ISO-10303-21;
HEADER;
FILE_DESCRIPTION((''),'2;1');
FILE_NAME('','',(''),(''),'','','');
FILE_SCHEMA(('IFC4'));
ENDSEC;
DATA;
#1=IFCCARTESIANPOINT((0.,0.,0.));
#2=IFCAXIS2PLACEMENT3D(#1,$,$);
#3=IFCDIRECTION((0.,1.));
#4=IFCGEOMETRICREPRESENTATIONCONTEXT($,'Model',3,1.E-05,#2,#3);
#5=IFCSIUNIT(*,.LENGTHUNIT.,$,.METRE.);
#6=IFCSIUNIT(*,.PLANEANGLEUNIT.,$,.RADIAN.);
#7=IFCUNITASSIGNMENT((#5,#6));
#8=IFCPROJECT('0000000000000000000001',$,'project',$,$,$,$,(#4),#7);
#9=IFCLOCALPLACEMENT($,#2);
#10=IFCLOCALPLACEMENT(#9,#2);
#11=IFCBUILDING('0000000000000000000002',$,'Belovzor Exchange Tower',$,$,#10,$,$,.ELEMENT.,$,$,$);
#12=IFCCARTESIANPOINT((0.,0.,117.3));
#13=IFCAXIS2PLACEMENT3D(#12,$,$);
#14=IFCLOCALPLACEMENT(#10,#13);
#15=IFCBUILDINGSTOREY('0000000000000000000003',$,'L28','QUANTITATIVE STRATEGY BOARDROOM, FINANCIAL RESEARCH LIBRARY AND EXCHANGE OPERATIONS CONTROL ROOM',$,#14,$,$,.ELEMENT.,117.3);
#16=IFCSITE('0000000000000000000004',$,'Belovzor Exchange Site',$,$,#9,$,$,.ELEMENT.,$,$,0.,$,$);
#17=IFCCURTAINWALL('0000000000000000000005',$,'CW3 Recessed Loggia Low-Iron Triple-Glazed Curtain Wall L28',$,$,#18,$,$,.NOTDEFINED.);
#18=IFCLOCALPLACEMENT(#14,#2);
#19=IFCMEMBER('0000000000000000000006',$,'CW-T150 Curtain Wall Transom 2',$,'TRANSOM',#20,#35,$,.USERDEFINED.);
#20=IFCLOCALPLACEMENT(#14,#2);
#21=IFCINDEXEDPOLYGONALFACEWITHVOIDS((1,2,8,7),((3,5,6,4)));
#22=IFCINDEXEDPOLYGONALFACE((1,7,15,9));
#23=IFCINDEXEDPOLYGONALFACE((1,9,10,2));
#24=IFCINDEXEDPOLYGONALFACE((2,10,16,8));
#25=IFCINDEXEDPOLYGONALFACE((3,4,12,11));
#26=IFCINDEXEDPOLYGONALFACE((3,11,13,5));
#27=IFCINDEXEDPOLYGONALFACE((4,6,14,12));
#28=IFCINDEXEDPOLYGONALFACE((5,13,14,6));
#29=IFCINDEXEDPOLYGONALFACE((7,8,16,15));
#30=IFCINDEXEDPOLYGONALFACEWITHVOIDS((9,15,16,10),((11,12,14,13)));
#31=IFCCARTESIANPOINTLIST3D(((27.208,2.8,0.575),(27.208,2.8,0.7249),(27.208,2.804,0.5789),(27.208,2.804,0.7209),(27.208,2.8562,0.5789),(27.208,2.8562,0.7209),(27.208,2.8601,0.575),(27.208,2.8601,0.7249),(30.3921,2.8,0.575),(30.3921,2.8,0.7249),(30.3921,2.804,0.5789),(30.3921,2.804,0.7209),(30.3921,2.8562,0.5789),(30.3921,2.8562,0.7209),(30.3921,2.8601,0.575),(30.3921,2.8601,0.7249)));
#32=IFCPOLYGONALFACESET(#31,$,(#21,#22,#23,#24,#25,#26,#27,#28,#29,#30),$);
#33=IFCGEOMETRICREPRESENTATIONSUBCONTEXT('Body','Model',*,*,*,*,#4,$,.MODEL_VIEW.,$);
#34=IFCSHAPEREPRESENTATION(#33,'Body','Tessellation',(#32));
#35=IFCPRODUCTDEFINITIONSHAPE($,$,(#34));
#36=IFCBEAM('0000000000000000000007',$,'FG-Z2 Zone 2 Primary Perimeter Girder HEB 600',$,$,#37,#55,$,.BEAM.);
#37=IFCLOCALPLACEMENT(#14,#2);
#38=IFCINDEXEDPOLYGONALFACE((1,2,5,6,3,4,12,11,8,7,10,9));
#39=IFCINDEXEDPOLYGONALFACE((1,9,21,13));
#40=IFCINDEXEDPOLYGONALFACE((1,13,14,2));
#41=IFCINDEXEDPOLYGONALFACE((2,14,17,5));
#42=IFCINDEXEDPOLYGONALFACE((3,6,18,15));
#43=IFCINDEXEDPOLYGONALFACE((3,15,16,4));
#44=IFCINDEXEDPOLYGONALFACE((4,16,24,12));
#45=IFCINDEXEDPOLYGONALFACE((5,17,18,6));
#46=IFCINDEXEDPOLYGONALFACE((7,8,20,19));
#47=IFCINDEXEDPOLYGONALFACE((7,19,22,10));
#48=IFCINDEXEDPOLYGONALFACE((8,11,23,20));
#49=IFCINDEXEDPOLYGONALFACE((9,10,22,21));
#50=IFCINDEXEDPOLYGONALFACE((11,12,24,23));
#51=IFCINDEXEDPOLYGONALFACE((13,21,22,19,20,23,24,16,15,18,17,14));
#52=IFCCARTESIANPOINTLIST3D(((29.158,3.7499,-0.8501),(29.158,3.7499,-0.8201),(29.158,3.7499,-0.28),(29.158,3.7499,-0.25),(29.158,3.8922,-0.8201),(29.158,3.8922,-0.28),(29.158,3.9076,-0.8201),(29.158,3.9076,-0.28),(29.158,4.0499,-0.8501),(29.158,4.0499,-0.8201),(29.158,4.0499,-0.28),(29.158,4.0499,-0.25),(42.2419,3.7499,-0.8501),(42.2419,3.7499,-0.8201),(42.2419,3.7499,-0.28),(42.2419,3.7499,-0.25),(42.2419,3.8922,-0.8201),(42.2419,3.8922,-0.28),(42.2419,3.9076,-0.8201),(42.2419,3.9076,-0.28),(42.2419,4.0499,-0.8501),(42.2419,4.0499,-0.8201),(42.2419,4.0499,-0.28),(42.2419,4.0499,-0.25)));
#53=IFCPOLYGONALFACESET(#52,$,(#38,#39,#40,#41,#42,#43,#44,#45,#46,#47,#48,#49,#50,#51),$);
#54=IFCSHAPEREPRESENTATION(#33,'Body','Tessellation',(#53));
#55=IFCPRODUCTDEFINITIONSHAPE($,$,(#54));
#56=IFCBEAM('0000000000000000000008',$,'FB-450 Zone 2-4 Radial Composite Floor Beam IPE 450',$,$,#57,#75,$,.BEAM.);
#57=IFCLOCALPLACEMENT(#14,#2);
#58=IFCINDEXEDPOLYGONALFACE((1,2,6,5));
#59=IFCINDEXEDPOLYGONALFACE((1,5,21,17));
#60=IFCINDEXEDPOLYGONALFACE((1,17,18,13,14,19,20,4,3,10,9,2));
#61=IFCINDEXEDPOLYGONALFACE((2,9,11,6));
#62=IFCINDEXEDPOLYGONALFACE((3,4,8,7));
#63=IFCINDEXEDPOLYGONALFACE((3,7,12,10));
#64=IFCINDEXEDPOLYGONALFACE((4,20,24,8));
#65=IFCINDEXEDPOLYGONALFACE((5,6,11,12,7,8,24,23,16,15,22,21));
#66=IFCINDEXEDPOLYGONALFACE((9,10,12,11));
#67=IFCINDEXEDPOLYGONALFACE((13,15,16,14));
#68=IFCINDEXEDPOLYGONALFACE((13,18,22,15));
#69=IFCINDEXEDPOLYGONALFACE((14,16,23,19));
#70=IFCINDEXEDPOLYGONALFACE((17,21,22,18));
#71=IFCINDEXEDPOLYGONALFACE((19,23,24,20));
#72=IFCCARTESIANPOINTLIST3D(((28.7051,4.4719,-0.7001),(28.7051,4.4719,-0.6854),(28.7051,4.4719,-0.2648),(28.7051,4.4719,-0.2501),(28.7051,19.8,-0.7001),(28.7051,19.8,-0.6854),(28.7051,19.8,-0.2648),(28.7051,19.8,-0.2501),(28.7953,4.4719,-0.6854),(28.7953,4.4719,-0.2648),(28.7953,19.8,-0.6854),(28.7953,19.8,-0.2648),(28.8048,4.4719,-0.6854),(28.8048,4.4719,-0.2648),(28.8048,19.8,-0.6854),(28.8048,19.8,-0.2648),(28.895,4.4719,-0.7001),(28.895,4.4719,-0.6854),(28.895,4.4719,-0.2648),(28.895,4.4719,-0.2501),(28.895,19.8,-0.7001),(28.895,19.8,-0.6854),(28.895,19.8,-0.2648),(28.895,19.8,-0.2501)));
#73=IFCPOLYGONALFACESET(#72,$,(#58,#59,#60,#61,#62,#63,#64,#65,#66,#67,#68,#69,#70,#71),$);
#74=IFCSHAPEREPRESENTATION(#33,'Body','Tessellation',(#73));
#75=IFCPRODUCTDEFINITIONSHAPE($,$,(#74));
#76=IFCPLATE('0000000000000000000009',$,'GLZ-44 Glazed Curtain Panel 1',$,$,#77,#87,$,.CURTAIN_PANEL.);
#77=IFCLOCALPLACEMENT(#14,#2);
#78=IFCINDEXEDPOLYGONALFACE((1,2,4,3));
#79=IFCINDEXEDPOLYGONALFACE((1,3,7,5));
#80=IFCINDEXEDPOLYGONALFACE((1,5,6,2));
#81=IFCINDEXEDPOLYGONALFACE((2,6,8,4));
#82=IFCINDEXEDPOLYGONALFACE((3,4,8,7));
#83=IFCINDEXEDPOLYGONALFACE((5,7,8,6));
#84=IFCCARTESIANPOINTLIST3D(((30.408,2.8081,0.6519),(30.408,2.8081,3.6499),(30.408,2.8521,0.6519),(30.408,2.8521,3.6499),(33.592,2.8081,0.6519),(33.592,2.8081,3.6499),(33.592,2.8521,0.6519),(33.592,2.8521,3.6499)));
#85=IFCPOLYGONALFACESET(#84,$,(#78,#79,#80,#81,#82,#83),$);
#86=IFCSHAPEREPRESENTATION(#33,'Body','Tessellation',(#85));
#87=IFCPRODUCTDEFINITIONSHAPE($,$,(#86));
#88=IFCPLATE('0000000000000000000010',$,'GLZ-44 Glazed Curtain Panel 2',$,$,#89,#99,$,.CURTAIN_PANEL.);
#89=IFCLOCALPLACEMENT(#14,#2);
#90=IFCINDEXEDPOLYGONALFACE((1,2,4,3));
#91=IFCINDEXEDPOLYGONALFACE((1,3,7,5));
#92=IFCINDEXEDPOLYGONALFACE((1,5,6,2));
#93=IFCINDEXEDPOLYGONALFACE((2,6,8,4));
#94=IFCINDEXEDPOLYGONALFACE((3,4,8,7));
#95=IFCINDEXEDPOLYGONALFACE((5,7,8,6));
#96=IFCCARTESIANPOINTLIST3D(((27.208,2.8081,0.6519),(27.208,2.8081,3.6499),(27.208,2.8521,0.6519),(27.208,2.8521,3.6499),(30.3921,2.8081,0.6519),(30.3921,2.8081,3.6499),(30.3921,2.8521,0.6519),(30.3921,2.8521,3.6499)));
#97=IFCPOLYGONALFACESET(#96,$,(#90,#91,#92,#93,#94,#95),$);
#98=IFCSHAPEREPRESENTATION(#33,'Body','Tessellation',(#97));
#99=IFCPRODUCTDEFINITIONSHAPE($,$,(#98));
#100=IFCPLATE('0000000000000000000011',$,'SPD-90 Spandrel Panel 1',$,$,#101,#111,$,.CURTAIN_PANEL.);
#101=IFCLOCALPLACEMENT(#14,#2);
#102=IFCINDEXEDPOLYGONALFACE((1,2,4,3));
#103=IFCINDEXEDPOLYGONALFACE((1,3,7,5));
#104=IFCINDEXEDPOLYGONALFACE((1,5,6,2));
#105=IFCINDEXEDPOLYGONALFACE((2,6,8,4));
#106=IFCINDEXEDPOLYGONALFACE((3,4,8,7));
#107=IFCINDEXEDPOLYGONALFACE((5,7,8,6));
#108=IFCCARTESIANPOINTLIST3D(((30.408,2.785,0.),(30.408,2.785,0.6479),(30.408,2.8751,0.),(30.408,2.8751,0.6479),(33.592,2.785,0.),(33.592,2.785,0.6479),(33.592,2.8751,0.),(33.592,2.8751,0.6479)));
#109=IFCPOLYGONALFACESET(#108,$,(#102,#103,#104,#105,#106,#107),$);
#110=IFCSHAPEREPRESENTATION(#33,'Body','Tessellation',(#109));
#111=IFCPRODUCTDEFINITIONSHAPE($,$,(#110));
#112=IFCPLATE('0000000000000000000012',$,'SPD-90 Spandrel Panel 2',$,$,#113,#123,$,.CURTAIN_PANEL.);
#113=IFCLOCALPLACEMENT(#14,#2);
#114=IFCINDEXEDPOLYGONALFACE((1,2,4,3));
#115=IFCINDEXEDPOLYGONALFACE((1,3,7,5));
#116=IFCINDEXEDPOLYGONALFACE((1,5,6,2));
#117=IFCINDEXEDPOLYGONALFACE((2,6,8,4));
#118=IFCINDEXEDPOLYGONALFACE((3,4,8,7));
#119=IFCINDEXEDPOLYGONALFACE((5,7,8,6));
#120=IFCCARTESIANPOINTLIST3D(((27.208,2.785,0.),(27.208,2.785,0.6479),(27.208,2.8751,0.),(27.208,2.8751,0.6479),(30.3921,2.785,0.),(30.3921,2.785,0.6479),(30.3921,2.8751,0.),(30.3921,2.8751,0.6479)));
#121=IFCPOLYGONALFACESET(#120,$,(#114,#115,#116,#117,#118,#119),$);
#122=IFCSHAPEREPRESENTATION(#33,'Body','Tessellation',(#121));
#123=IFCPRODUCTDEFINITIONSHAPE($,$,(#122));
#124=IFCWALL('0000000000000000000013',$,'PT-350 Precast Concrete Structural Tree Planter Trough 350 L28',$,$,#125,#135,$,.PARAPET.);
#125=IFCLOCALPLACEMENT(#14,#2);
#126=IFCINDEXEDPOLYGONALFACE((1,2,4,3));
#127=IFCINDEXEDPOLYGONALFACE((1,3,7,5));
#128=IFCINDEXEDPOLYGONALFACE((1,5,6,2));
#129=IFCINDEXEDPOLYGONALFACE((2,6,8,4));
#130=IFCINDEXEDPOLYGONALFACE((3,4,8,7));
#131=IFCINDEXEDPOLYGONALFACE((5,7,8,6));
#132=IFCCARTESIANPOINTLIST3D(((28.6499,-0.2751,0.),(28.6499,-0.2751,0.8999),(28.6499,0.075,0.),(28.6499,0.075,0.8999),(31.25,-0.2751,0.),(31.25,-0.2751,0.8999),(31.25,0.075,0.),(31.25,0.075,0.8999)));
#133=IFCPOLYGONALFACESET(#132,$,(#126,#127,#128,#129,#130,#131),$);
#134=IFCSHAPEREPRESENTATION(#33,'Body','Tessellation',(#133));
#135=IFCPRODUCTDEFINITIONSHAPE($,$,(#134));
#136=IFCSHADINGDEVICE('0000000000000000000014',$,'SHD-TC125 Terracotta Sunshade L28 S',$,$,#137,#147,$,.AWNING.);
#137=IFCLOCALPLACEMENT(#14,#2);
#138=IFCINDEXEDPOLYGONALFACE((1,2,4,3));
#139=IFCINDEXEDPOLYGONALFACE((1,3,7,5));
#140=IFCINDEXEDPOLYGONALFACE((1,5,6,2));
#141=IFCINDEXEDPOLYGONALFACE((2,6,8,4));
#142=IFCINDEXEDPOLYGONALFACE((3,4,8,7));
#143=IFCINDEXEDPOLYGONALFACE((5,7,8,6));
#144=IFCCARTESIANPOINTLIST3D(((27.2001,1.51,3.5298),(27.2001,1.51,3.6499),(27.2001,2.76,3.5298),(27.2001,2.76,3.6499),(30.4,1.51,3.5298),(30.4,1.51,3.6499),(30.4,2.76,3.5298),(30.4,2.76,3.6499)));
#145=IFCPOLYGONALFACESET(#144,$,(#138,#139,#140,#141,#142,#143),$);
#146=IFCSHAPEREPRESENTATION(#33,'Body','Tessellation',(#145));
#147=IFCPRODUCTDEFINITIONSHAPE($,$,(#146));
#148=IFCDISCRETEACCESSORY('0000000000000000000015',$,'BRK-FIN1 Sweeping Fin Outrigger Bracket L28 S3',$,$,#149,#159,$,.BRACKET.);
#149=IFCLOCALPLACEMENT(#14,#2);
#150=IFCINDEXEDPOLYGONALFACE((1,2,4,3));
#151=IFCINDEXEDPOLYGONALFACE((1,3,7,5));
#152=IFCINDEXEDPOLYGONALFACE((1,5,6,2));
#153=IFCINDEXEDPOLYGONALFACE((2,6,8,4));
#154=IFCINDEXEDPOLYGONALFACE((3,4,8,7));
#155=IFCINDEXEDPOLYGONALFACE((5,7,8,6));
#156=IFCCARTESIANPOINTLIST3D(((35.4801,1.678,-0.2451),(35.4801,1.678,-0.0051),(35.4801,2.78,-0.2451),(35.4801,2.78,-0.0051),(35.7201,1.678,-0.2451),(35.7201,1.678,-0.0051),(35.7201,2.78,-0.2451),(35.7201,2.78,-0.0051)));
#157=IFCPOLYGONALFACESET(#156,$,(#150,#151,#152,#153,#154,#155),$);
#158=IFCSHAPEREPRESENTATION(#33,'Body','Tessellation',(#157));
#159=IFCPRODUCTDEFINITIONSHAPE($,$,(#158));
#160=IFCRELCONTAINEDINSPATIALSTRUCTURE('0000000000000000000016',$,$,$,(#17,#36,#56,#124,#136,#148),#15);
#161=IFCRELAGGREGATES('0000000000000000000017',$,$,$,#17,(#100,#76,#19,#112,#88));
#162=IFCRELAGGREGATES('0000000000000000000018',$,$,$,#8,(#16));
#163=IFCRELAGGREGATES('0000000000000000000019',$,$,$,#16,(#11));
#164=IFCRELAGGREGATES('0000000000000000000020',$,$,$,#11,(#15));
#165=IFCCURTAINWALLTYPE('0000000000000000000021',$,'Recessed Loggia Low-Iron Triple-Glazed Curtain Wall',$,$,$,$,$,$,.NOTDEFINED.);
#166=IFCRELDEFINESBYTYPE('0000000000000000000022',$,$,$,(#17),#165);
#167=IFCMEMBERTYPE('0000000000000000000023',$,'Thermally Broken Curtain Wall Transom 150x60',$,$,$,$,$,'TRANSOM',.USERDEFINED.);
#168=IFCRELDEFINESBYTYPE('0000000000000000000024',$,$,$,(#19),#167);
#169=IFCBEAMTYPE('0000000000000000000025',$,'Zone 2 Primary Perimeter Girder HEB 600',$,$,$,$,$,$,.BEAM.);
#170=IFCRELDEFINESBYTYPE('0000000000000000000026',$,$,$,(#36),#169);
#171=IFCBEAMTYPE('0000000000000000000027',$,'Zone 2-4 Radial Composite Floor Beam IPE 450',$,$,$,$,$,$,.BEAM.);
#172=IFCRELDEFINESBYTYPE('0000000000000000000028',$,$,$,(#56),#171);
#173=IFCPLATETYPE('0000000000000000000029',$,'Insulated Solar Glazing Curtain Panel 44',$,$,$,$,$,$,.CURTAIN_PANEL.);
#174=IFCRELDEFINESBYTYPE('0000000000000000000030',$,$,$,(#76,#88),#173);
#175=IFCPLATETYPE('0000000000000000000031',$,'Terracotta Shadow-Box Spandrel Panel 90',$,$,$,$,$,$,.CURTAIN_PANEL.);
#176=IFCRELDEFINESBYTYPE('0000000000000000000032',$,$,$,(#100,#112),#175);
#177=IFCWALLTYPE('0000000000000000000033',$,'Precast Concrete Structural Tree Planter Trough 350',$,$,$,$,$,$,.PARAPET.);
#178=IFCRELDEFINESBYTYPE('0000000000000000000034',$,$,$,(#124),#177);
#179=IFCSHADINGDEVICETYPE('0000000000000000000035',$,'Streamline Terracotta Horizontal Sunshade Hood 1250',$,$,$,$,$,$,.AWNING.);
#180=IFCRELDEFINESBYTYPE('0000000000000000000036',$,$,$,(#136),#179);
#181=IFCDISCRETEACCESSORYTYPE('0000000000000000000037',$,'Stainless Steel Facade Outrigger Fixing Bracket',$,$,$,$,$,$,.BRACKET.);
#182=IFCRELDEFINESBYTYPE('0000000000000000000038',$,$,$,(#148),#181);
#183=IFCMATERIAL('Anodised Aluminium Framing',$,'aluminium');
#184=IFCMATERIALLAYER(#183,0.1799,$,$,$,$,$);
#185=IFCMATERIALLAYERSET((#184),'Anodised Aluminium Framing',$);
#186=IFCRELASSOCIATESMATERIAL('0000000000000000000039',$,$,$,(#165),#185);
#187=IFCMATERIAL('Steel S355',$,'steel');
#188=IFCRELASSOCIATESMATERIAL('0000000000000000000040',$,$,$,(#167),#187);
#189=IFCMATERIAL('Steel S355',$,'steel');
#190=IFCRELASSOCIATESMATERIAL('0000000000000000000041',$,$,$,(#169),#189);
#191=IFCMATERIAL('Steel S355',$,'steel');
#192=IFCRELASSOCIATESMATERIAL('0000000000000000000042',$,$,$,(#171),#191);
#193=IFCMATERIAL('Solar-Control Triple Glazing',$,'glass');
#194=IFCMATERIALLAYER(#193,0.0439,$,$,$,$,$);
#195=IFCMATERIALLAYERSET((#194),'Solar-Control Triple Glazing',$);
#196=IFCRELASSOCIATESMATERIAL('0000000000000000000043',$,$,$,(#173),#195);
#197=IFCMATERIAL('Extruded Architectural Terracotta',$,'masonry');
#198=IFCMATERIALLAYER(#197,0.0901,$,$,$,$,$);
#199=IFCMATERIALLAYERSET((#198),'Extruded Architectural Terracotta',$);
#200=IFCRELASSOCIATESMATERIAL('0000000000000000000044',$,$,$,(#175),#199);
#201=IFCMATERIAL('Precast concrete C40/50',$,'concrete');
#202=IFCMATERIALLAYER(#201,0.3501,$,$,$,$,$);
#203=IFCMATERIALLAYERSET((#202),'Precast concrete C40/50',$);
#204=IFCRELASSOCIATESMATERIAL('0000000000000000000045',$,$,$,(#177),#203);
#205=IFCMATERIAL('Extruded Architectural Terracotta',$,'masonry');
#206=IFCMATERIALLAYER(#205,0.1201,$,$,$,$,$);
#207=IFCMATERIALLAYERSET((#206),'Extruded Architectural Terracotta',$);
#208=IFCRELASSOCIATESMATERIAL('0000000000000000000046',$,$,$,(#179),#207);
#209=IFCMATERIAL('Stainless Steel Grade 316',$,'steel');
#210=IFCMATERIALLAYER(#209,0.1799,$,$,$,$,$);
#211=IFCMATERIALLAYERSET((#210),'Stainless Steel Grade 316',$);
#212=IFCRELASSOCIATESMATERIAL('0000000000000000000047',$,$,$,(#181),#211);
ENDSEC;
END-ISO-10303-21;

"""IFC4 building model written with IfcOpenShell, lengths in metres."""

from ifc_helpers import new_model, si_unit, direction, frame, frame_2d, origin, origin_2d, place, context, subcontext, project, spatial, rectangle, hollow_rectangle, i_section, extrude, material, layer, layer_set, material_profile, profile_set, type_object, element, aggregate, save


model = new_model("IFC4")

# Units and contexts
model_context = context("Model", 3, precision=1e-05, world=origin(), true_north=direction((0.0, 1.0)))
body_context = subcontext(model_context, "Body", "Model", "MODEL_VIEW")
ifc_project = project(units=[si_unit("LENGTHUNIT", "METRE"), si_unit("PLANEANGLEUNIT", "RADIAN")], contexts=[model_context])

# Site, building, storey
site_placement = place(None, origin())
site = spatial("IfcSite", under=ifc_project, at=site_placement, Name="Belovzor Exchange Site", CompositionType="ELEMENT", RefElevation=0.0)
building_placement = place(site_placement, origin())
building = spatial("IfcBuilding", under=site, at=building_placement, Name="Belovzor Exchange Tower", CompositionType="ELEMENT")
storey_placement = place(building_placement, frame((0.0, 0.0, 117.3)))
storey = spatial("IfcBuildingStorey", under=building, at=storey_placement, Name="L28", Description="QUANTITATIVE STRATEGY BOARDROOM, FINANCIAL RESEARCH LIBRARY AND EXCHANGE OPERATIONS CONTROL ROOM", CompositionType="ELEMENT", Elevation=117.3)

# Curtain wall, member
ifc_material_1 = material(Name="Anodised Aluminium Framing", Category="aluminium")
ifc_layer_1 = layer(ifc_material_1, 0.1799)
ifc_layer_set_1 = layer_set([ifc_layer_1], Name="Anodised Aluminium Framing")
curtain_wall_type = type_object("IfcCurtainWallType", Name="Recessed Loggia Low-Iron Triple-Glazed Curtain Wall", PredefinedType="NOTDEFINED", material=ifc_layer_set_1)
curtain_wall_placement = place(storey_placement, origin())
curtain_wall = element("IfcCurtainWall", 1, at=curtain_wall_placement, inside=storey, type_object=curtain_wall_type, Name="CW3 Recessed Loggia Low-Iron Triple-Glazed Curtain Wall L28", PredefinedType="NOTDEFINED")
ifc_material_2 = material(Name="Steel S355", Category="steel")
ifc_material_profile_1 = material_profile(ifc_material_2, hollow_rectangle(XDim=0.0601, YDim=0.1499, WallThickness=0.0039, at=origin_2d()))
ifc_profile_set_1 = profile_set([ifc_material_profile_1], Name="Steel S355")
member_type_1 = type_object("IfcMemberType", Name="Thermally Broken Curtain Wall Transom 150x60", ElementType="TRANSOM", PredefinedType="USERDEFINED", material=ifc_profile_set_1)
member_1_placement = place(storey_placement, frame((30.3921, 2.8301, 0.6499), z_axis=(-1.0, 0.0, 0.0), x_axis=(0.0, -1.0, 0.0)))
member_1 = element("IfcMember", 2, at=member_1_placement, type_object=member_type_1, Name="CW-T150 Curtain Wall Transom 2", ObjectType="TRANSOM", PredefinedType="USERDEFINED", context=body_context, shape_type="SweptSolid", body=[
    extrude(hollow_rectangle(XDim=0.0601, YDim=0.1499, WallThickness=0.0039, at=origin_2d()), origin(), (0.0, 0.0, 1.0), 3.1841),
])

# Beams
ifc_material_3 = material(Name="Steel S355", Category="steel")
ifc_material_profile_2 = material_profile(ifc_material_3, i_section(OverallWidth=0.3, OverallDepth=0.6001, WebThickness=0.0154, FlangeThickness=0.03, at=origin_2d()))
ifc_profile_set_2 = profile_set([ifc_material_profile_2], Name="Steel S355")
beam_type_1 = type_object("IfcBeamType", Name="Zone 2 Primary Perimeter Girder HEB 600", PredefinedType="BEAM", material=ifc_profile_set_2)
beam_1_placement = place(storey_placement, frame((29.158, 3.8999, -0.55), z_axis=(1.0, 0.0, 0.0), x_axis=(0.0, 1.0, 0.0)))
element("IfcBeam", 3, at=beam_1_placement, inside=storey, type_object=beam_type_1, Name="FG-Z2 Zone 2 Primary Perimeter Girder HEB 600", PredefinedType="BEAM", context=body_context, shape_type="SweptSolid", body=[
    extrude(i_section(OverallWidth=0.3, OverallDepth=0.6001, WebThickness=0.0154, FlangeThickness=0.03, at=origin_2d()), origin(), (0.0, 0.0, 1.0), 13.084),
])
ifc_material_4 = material(Name="Steel S355", Category="steel")
ifc_material_profile_3 = material_profile(ifc_material_4, i_section(OverallWidth=0.1899, OverallDepth=0.45, WebThickness=0.0095, FlangeThickness=0.0146, at=origin_2d()))
ifc_profile_set_3 = profile_set([ifc_material_profile_3], Name="Steel S355")
beam_type_2 = type_object("IfcBeamType", Name="Zone 2-4 Radial Composite Floor Beam IPE 450", PredefinedType="BEAM", material=ifc_profile_set_3)
beam_2_placement = place(storey_placement, frame((28.8, 19.8, -0.4751), z_axis=(0.0, -1.0, 0.0), x_axis=(1.0, 0.0, 0.0)))
element("IfcBeam", 4, at=beam_2_placement, inside=storey, type_object=beam_type_2, Name="FB-450 Zone 2-4 Radial Composite Floor Beam IPE 450", PredefinedType="BEAM", context=body_context, shape_type="SweptSolid", body=[
    extrude(i_section(OverallWidth=0.1899, OverallDepth=0.45, WebThickness=0.0095, FlangeThickness=0.0146, at=origin_2d()), origin(), (0.0, 0.0, 1.0), 15.3281),
])

# Plates
ifc_material_5 = material(Name="Solar-Control Triple Glazing", Category="glass")
ifc_layer_2 = layer(ifc_material_5, 0.0439)
ifc_layer_set_2 = layer_set([ifc_layer_2], Name="Solar-Control Triple Glazing")
plate_type_1 = type_object("IfcPlateType", Name="Insulated Solar Glazing Curtain Panel 44", PredefinedType="CURTAIN_PANEL", material=ifc_layer_set_2)
plate_1_placement = place(storey_placement, frame((32.0, 2.8301, 0.6519), z_axis=(0.0, 0.0, 1.0), x_axis=(-1.0, 0.0, 0.0)))
plate_1 = element("IfcPlate", 5, at=plate_1_placement, type_object=plate_type_1, Name="GLZ-44 Glazed Curtain Panel 1", PredefinedType="CURTAIN_PANEL", context=body_context, shape_type="SweptSolid", body=[
    extrude(rectangle(XDim=3.1841, YDim=0.0439, at=origin_2d()), origin(), (0.0, 0.0, 1.0), 2.998),
])
plate_2_placement = place(storey_placement, frame((28.8, 2.8301, 0.6519), z_axis=(0.0, 0.0, 1.0), x_axis=(-1.0, 0.0, 0.0)))
plate_2 = element("IfcPlate", 6, at=plate_2_placement, type_object=plate_type_1, Name="GLZ-44 Glazed Curtain Panel 2", PredefinedType="CURTAIN_PANEL", context=body_context, shape_type="SweptSolid", body=[
    extrude(rectangle(XDim=3.1841, YDim=0.0439, at=origin_2d()), origin(), (0.0, 0.0, 1.0), 2.998),
])
ifc_material_6 = material(Name="Extruded Architectural Terracotta", Category="masonry")
ifc_layer_3 = layer(ifc_material_6, 0.0901)
ifc_layer_set_3 = layer_set([ifc_layer_3], Name="Extruded Architectural Terracotta")
plate_type_2 = type_object("IfcPlateType", Name="Terracotta Shadow-Box Spandrel Panel 90", PredefinedType="CURTAIN_PANEL", material=ifc_layer_set_3)
plate_3_placement = place(storey_placement, frame((32.0, 2.8301, 0.0), z_axis=(0.0, 0.0, 1.0), x_axis=(-1.0, 0.0, 0.0)))
plate_3 = element("IfcPlate", 7, at=plate_3_placement, type_object=plate_type_2, Name="SPD-90 Spandrel Panel 1", PredefinedType="CURTAIN_PANEL", context=body_context, shape_type="SweptSolid", body=[
    extrude(rectangle(XDim=3.1841, YDim=0.0901, at=origin_2d()), origin(), (0.0, 0.0, 1.0), 0.6479),
])
plate_4_placement = place(storey_placement, frame((28.8, 2.8301, 0.0), z_axis=(0.0, 0.0, 1.0), x_axis=(-1.0, 0.0, 0.0)))
plate_4 = element("IfcPlate", 8, at=plate_4_placement, type_object=plate_type_2, Name="SPD-90 Spandrel Panel 2", PredefinedType="CURTAIN_PANEL", context=body_context, shape_type="SweptSolid", body=[
    extrude(rectangle(XDim=3.1841, YDim=0.0901, at=origin_2d()), origin(), (0.0, 0.0, 1.0), 0.6479),
])
aggregate(curtain_wall, [plate_3, plate_1, member_1, plate_4, plate_2])

# Wall
ifc_material_7 = material(Name="Precast concrete C40/50", Category="concrete")
ifc_layer_4 = layer(ifc_material_7, 0.3501)
ifc_layer_set_4 = layer_set([ifc_layer_4], Name="Precast concrete C40/50")
wall_type = type_object("IfcWallType", Name="Precast Concrete Structural Tree Planter Trough 350", PredefinedType="PARAPET", material=ifc_layer_set_4)
wall_placement = place(storey_placement, frame((28.6499, -0.1001, 0.0), z_axis=(0.0, 0.0, 1.0), x_axis=(1.0, 0.0, 0.0)))
element("IfcWall", 9, at=wall_placement, inside=storey, type_object=wall_type, Name="PT-350 Precast Concrete Structural Tree Planter Trough 350 L28", PredefinedType="PARAPET", context=body_context, shape_type="SweptSolid", body=[
    extrude(rectangle(XDim=2.6001, YDim=0.3501, at=frame_2d((1.3, 0.0))), origin(), (0.0, 0.0, 1.0), 0.8999),
])

# Shading device
ifc_material_8 = material(Name="Extruded Architectural Terracotta", Category="masonry")
ifc_layer_5 = layer(ifc_material_8, 0.1201)
ifc_layer_set_5 = layer_set([ifc_layer_5], Name="Extruded Architectural Terracotta")
shading_device_type = type_object("IfcShadingDeviceType", Name="Streamline Terracotta Horizontal Sunshade Hood 1250", PredefinedType="AWNING", material=ifc_layer_set_5)
shading_device_placement = place(storey_placement, frame((28.8, 2.135, 3.5298), z_axis=(0.0, 0.0, 1.0), x_axis=(1.0, 0.0, 0.0)))
element("IfcShadingDevice", 10, at=shading_device_placement, inside=storey, type_object=shading_device_type, Name="SHD-TC125 Terracotta Sunshade L28 S", PredefinedType="AWNING", context=body_context, shape_type="SweptSolid", body=[
    extrude(rectangle(XDim=3.2, YDim=1.25, at=origin_2d()), origin(), (0.0, 0.0, 1.0), 0.1201),
])

# Discrete accessory
ifc_material_9 = material(Name="Stainless Steel Grade 316", Category="steel")
ifc_layer_6 = layer(ifc_material_9, 0.1799)
ifc_layer_set_6 = layer_set([ifc_layer_6], Name="Stainless Steel Grade 316")
discrete_accessory_type = type_object("IfcDiscreteAccessoryType", Name="Stainless Steel Facade Outrigger Fixing Bracket", PredefinedType="BRACKET", material=ifc_layer_set_6)
discrete_accessory_placement = place(storey_placement, frame((35.6001, 2.229, -0.2451), z_axis=(0.0, 0.0, 1.0), x_axis=(0.0, 1.0, 0.0)))
element("IfcDiscreteAccessory", 11, at=discrete_accessory_placement, inside=storey, type_object=discrete_accessory_type, Name="BRK-FIN1 Sweeping Fin Outrigger Bracket L28 S3", PredefinedType="BRACKET", context=body_context, shape_type="SweptSolid", body=[
    extrude(rectangle(XDim=1.1021, YDim=0.24, at=origin_2d()), origin(), (0.0, 0.0, 1.0), 0.24),
])

save(model, "model.ifc")
